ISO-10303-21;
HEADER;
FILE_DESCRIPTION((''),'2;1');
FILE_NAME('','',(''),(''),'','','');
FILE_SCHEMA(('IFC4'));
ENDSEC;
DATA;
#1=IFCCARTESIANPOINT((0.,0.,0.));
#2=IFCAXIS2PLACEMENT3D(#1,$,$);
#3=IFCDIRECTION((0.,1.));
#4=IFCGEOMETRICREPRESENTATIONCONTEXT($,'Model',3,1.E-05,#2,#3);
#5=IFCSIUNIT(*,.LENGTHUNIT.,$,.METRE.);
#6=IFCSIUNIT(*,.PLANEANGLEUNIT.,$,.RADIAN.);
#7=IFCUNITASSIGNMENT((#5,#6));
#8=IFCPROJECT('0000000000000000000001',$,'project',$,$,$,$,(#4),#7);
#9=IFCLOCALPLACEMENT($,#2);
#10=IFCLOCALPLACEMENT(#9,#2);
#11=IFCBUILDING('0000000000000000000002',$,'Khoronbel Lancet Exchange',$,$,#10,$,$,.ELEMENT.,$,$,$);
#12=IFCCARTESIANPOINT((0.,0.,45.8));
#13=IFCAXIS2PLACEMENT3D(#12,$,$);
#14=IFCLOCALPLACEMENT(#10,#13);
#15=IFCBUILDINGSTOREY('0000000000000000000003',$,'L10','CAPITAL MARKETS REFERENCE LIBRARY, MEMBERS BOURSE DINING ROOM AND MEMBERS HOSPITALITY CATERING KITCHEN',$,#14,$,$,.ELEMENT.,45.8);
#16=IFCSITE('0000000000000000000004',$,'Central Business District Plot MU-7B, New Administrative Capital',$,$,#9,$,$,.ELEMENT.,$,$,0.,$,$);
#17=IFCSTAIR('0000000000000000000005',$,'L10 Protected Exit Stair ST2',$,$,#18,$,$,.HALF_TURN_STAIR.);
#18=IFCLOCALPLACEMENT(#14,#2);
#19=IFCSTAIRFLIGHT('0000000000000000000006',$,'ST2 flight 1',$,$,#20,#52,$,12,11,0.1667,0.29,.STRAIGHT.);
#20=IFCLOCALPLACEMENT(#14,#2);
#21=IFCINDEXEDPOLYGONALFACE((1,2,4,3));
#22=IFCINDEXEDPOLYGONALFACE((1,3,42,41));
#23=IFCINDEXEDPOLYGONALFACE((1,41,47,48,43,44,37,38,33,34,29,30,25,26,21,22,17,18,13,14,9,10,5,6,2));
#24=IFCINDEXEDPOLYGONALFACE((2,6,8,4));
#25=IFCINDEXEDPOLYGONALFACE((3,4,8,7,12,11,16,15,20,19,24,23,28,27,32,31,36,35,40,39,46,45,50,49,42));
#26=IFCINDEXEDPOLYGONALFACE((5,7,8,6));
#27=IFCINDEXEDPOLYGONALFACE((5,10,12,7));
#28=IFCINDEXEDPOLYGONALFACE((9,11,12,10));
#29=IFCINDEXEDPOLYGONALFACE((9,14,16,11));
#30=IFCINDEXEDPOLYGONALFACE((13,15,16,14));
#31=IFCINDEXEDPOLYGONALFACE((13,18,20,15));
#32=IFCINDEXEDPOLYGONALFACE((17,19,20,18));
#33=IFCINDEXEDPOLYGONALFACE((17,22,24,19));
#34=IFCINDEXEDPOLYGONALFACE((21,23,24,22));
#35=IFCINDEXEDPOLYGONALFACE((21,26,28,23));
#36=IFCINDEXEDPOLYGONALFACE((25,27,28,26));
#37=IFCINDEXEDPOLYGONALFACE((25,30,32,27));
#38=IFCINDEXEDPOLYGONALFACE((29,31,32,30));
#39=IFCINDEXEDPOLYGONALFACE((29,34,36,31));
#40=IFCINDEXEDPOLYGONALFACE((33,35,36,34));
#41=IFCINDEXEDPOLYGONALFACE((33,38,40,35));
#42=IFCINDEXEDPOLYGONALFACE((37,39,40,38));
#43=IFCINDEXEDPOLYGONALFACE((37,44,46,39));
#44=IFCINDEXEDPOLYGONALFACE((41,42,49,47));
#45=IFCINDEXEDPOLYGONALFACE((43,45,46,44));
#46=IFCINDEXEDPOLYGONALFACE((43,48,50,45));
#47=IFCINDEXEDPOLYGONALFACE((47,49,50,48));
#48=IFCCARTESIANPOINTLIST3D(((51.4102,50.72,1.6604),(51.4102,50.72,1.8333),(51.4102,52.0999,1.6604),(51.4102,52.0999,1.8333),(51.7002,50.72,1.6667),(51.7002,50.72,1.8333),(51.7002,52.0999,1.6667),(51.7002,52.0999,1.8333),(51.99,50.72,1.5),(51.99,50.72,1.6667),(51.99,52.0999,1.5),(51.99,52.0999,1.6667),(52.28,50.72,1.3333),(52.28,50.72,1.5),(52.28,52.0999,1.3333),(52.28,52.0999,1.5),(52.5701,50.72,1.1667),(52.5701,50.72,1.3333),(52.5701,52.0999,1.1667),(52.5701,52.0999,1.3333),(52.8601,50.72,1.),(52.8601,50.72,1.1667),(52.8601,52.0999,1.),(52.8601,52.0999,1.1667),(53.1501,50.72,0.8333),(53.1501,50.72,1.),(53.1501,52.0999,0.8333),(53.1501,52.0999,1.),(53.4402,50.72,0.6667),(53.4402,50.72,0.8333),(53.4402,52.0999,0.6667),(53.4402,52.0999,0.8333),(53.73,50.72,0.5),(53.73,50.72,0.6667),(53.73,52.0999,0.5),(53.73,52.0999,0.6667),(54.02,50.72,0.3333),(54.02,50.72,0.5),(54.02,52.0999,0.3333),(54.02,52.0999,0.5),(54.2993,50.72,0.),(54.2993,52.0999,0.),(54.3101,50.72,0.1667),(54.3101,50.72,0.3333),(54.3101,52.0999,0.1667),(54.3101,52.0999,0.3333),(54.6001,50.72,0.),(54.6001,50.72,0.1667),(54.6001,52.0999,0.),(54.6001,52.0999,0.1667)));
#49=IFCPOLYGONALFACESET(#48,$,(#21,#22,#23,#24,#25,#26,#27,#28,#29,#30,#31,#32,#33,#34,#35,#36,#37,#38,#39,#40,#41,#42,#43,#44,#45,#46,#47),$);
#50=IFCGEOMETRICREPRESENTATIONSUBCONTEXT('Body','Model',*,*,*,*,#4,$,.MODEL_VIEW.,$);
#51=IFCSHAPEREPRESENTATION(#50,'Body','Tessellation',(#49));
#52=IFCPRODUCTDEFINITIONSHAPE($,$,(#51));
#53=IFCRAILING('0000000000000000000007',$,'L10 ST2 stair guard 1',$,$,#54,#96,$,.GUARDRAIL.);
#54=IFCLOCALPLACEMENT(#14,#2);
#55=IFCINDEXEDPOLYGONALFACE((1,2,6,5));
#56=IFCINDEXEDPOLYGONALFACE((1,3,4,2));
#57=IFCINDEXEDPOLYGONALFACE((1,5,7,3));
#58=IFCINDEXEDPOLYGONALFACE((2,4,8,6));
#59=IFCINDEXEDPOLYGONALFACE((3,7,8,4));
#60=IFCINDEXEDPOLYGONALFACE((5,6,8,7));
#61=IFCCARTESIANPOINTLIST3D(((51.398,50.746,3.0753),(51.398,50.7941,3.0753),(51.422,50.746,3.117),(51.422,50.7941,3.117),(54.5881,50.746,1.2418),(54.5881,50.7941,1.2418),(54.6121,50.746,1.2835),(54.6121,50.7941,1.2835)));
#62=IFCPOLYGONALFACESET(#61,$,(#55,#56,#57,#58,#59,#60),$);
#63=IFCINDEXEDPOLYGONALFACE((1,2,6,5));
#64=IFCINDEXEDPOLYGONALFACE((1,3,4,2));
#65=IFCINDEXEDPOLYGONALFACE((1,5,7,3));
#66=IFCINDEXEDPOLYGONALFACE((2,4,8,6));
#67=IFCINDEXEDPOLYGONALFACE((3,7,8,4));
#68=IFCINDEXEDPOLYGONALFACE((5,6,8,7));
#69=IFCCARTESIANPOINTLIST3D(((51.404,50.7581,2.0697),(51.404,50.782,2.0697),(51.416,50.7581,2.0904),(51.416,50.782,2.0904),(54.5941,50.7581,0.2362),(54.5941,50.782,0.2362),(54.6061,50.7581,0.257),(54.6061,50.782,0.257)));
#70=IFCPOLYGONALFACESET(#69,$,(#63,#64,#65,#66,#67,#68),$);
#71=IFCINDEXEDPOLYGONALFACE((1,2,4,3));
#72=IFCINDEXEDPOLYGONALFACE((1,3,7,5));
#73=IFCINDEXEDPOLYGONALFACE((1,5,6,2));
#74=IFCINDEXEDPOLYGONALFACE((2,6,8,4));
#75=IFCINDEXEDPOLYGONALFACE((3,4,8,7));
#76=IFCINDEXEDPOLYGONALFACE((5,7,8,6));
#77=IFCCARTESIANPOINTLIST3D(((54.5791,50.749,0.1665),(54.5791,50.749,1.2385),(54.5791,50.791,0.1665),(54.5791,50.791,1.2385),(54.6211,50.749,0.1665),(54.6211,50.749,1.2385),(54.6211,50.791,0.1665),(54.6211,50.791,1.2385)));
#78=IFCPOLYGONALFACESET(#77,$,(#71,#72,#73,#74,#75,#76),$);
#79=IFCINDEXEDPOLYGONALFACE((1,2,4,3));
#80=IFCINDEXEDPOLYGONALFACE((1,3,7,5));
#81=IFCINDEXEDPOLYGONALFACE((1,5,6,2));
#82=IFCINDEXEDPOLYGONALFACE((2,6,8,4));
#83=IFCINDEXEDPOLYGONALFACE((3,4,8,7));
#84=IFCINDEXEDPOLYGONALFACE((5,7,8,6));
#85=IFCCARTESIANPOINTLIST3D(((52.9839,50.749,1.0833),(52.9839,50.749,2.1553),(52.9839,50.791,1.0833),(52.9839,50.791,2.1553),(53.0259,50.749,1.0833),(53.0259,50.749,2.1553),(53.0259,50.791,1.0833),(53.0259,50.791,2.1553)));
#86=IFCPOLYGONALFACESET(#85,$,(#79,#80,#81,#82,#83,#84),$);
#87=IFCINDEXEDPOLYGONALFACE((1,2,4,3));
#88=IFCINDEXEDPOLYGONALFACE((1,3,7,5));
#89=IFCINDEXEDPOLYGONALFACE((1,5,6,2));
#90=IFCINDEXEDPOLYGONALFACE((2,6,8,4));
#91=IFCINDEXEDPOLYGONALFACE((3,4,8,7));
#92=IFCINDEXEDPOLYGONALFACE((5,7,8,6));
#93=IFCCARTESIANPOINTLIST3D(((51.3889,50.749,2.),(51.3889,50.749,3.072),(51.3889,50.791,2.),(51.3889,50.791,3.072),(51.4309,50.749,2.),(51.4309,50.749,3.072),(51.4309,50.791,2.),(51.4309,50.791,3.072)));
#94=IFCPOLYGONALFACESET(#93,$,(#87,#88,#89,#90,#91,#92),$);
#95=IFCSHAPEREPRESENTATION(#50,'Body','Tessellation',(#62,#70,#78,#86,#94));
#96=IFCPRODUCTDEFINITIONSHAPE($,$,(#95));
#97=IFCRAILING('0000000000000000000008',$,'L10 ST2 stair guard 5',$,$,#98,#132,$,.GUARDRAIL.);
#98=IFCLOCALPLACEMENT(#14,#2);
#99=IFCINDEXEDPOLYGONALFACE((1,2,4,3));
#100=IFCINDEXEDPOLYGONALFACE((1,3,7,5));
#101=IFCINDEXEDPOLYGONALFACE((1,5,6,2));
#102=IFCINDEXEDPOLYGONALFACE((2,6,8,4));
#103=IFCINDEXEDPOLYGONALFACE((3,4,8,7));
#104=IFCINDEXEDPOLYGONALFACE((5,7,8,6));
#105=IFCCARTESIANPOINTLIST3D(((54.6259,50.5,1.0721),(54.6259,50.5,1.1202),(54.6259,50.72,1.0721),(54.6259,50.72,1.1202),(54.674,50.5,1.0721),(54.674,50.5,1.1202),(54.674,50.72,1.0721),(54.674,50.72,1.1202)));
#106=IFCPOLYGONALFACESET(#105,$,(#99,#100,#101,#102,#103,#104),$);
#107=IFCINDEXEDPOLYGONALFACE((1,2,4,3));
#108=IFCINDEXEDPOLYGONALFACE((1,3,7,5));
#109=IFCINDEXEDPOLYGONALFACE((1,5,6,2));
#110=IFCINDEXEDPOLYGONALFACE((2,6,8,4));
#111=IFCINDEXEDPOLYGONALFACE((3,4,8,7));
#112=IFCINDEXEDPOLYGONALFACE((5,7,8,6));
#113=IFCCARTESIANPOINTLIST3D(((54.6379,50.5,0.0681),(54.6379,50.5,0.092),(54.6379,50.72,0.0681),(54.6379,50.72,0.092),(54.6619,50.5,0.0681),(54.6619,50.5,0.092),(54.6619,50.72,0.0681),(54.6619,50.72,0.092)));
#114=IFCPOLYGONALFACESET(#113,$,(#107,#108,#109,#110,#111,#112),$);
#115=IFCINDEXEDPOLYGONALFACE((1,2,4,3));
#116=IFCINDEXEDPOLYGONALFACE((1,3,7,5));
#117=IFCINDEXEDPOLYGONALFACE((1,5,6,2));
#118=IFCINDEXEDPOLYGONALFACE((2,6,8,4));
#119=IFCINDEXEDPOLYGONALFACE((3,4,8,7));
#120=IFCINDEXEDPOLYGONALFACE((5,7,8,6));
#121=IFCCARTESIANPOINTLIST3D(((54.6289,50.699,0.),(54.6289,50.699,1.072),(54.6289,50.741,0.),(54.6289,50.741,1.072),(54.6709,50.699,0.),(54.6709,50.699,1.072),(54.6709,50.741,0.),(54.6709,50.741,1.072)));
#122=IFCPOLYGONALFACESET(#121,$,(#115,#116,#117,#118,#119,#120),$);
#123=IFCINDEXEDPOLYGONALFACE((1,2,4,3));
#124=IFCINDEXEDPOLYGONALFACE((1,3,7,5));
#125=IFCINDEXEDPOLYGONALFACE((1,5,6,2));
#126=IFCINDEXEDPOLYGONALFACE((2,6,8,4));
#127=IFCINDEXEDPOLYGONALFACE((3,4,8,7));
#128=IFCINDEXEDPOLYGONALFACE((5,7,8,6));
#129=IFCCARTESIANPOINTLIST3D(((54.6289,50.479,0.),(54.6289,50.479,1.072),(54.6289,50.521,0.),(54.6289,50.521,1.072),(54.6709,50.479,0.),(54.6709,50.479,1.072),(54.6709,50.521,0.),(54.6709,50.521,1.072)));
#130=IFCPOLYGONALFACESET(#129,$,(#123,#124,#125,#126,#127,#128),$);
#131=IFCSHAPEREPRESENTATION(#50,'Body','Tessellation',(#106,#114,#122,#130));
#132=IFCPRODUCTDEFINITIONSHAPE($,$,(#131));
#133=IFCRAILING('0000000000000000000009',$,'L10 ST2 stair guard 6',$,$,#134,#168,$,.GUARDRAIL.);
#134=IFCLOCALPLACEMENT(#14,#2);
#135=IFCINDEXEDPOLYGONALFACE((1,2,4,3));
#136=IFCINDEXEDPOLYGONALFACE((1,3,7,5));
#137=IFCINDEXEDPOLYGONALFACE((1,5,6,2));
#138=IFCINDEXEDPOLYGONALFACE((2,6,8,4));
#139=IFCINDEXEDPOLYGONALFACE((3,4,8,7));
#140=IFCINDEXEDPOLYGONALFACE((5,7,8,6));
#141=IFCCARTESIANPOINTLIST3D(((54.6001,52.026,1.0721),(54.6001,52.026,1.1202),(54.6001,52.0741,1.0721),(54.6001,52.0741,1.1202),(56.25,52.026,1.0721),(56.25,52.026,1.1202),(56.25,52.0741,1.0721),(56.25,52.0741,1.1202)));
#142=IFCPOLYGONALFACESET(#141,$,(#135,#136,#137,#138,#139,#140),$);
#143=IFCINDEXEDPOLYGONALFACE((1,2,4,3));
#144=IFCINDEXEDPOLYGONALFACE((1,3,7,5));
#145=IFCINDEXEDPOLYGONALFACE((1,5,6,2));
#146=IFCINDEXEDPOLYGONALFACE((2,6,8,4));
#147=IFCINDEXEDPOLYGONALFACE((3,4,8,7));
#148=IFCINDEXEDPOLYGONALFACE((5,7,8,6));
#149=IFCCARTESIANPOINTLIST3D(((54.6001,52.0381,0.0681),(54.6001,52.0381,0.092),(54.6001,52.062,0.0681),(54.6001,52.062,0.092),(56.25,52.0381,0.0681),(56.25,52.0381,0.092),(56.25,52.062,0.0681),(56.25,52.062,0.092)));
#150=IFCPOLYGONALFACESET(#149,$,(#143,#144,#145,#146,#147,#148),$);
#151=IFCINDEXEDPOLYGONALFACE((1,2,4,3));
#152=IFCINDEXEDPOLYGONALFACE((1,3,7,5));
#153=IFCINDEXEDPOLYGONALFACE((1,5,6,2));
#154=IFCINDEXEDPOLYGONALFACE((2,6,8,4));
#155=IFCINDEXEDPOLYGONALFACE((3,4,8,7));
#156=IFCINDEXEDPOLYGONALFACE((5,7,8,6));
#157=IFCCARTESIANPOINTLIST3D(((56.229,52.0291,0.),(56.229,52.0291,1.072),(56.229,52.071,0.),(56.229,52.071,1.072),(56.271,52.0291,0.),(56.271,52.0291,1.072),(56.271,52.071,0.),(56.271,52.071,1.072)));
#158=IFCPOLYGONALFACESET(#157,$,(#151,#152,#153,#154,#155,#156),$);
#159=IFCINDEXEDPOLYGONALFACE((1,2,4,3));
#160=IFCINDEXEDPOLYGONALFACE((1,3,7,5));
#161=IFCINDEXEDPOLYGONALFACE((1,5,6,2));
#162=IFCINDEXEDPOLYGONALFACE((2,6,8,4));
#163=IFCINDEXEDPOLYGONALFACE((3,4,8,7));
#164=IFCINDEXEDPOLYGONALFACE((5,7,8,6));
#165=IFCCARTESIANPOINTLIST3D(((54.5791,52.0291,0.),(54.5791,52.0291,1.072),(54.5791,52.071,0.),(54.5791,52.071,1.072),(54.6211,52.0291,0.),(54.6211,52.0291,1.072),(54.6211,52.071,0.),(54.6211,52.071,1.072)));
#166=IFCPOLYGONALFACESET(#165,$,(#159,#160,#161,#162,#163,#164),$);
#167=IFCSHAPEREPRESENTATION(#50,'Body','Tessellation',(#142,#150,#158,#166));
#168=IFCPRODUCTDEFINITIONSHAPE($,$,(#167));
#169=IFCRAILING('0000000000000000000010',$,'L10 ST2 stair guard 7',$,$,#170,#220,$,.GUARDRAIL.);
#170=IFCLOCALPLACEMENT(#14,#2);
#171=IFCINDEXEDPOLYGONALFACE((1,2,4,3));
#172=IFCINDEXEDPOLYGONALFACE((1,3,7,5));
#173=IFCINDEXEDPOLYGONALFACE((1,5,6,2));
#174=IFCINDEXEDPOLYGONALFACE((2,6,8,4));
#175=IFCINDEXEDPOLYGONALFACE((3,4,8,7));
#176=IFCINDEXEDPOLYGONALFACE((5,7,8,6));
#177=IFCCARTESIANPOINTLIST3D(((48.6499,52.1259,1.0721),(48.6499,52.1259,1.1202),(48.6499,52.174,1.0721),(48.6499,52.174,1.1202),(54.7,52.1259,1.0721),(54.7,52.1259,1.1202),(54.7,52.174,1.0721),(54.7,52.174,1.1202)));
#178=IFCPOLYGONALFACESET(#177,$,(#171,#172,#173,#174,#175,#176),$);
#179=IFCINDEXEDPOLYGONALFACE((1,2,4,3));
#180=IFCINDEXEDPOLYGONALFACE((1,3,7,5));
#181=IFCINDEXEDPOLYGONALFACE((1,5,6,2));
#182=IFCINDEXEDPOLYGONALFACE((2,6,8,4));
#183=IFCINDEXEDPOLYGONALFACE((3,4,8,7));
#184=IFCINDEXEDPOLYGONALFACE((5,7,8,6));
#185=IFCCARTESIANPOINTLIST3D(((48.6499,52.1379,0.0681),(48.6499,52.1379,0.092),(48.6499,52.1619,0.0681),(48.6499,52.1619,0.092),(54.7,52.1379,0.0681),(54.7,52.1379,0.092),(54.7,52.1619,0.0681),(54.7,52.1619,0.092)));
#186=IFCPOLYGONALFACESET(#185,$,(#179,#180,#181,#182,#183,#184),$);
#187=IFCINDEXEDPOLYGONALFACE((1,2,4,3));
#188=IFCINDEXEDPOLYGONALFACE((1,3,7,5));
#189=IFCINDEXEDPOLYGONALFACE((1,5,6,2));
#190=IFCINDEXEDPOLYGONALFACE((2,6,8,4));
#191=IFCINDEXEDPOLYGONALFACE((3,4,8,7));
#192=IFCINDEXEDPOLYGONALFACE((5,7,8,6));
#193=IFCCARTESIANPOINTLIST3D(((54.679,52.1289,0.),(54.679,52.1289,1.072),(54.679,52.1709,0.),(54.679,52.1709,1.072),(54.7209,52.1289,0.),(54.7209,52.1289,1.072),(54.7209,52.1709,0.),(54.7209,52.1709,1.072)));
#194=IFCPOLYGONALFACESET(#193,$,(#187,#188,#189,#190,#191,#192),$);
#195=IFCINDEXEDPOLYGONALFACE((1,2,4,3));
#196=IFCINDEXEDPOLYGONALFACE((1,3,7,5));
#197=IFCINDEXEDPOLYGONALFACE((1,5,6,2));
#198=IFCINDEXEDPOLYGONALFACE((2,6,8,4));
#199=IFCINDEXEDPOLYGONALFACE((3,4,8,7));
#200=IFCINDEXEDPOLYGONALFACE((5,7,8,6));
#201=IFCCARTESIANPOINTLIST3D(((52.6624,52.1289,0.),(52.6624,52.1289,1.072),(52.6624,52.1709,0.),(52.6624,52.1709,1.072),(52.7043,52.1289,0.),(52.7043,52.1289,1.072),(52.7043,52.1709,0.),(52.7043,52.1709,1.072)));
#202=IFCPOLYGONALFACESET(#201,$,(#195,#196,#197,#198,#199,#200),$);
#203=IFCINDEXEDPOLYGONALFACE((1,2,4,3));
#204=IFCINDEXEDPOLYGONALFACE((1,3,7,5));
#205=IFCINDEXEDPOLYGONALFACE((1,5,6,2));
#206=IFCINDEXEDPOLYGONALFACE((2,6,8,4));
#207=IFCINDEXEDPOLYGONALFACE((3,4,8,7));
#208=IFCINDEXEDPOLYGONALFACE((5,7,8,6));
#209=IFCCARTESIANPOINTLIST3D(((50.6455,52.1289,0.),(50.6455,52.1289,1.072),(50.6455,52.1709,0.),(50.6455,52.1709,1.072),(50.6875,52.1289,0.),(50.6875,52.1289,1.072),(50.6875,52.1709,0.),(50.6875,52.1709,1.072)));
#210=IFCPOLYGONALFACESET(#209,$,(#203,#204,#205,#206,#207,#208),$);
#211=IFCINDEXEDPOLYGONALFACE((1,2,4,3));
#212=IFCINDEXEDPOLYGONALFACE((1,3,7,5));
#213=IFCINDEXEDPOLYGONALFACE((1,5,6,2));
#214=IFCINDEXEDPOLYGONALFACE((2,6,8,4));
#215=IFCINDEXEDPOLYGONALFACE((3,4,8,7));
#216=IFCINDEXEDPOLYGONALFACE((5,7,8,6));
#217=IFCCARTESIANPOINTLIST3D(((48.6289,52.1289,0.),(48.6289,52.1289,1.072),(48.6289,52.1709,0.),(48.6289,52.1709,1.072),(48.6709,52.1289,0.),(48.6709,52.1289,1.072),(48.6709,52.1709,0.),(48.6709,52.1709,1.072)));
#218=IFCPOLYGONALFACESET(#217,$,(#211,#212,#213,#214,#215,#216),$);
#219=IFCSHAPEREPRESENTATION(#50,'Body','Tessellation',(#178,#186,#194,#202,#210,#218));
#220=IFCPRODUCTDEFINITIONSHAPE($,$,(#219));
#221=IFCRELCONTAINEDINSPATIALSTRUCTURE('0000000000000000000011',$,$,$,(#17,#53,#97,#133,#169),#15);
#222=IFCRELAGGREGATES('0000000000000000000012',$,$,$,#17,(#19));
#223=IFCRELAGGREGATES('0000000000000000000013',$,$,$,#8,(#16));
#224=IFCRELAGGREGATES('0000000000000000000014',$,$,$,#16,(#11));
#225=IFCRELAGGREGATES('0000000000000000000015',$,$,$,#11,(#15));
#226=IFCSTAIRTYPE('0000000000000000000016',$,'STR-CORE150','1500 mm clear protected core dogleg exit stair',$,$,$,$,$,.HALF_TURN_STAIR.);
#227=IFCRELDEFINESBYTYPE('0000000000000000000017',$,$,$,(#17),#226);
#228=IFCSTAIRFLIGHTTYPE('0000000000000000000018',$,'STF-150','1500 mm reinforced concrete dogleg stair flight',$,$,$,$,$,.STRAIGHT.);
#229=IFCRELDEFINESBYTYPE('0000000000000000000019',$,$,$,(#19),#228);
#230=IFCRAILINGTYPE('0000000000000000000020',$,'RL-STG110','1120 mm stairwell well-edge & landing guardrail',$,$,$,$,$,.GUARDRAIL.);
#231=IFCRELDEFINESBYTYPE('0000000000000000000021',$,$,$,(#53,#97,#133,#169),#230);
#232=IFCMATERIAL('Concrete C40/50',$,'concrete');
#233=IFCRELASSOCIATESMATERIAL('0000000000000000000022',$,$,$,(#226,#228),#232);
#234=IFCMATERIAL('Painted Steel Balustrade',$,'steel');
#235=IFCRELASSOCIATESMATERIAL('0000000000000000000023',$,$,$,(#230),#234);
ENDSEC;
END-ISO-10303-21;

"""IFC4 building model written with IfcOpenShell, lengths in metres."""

from ifc_helpers import new_model, si_unit, direction, frame, origin, origin_2d, place, context, subcontext, project, spatial, polyline, rectangle, outline, extrude, material, type_object, element, aggregate, save


model = new_model("IFC4")

# Units and contexts
model_context = context("Model", 3, precision=1e-05, world=origin(), true_north=direction((0.0, 1.0)))
body_context = subcontext(model_context, "Body", "Model", "MODEL_VIEW")
ifc_project = project(units=[si_unit("LENGTHUNIT", "METRE"), si_unit("PLANEANGLEUNIT", "RADIAN")], contexts=[model_context])

# Site, building, storey
site_placement = place(None, origin())
site = spatial("IfcSite", under=ifc_project, at=site_placement, Name="Central Business District Plot MU-7B, New Administrative Capital", CompositionType="ELEMENT", RefElevation=0.0)
building_placement = place(site_placement, origin())
building = spatial("IfcBuilding", under=site, at=building_placement, Name="Khoronbel Lancet Exchange", CompositionType="ELEMENT")
storey_placement = place(building_placement, frame((0.0, 0.0, 45.8)))
storey = spatial("IfcBuildingStorey", under=building, at=storey_placement, Name="L10", Description="CAPITAL MARKETS REFERENCE LIBRARY, MEMBERS BOURSE DINING ROOM AND MEMBERS HOSPITALITY CATERING KITCHEN", CompositionType="ELEMENT", Elevation=45.8)

# Stair, stair flight
ifc_material_1 = material(Name="Concrete C40/50", Category="concrete")
stair_type = type_object("IfcStairType", Name="STR-CORE150", Description="1500 mm clear protected core dogleg exit stair", PredefinedType="HALF_TURN_STAIR", material=ifc_material_1)
stair_placement = place(storey_placement, origin())
stair = element("IfcStair", 1, at=stair_placement, inside=storey, type_object=stair_type, Name="L10 Protected Exit Stair ST2", PredefinedType="HALF_TURN_STAIR")
stair_flight_type = type_object("IfcStairFlightType", Name="STF-150", Description="1500 mm reinforced concrete dogleg stair flight", PredefinedType="STRAIGHT", material=ifc_material_1)
stair_flight_placement = place(storey_placement, frame((54.6001, 51.4099, 0.0), z_axis=(0.0, 0.0, 1.0), x_axis=(-1.0, 0.0, 0.0)))
stair_flight = element("IfcStairFlight", 2, at=stair_flight_placement, type_object=stair_flight_type, Name="ST2 flight 1", NumberOfRisers=12, NumberOfTreads=11, PredefinedType="STRAIGHT", RiserHeight=0.1667, TreadLength=0.29, context=body_context, shape_type="SweptSolid", body=[
    extrude(outline(polyline([(0.0, 0.0), (0.0, 0.1667), (0.29, 0.1667), (0.29, 0.3333), (0.5801, 0.3333), (0.5801, 0.5), (0.8701, 0.5), (0.8701, 0.6667), (1.1599, 0.6667), (1.1599, 0.8333), (1.45, 0.8333), (1.45, 1.0), (1.74, 1.0), (1.74, 1.1667), (2.03, 1.1667), (2.03, 1.3333), (2.3201, 1.3333), (2.3201, 1.5), (2.6101, 1.5), (2.6101, 1.6667), (2.8999, 1.6667), (2.8999, 1.8333), (3.1899, 1.8333), (3.1899, 2.0), (3.1899, 1.6604), (0.3008, 0.0), (0.0, 0.0)])), frame((0.0, 0.6899, 0.0), z_axis=(0.0, -1.0, 0.0), x_axis=(1.0, 0.0, 0.0)), (0.0, 0.0, 1.0), 1.3799),
])
aggregate(stair, [stair_flight])

# Railings
ifc_material_2 = material(Name="Painted Steel Balustrade", Category="steel")
railing_type_1 = type_object("IfcRailingType", Name="RL-STG110", Description="1120 mm stairwell well-edge & landing guardrail", PredefinedType="GUARDRAIL", material=ifc_material_2)
railing_1_placement = place(storey_placement, frame((54.6001, 50.77, 0.1665)))
element("IfcRailing", 3, at=railing_1_placement, inside=storey, type_object=railing_type_1, Name="L10 ST2 stair guard 1", PredefinedType="GUARDRAIL", context=body_context, shape_type="SweptSolid", body=[
    extrude(rectangle(XDim=0.0481, YDim=0.0481, at=origin_2d()), frame((0.0, 0.0, 1.0962), z_axis=(-0.867007, 0.0, 0.498295), x_axis=(0.0, -1.0, 0.0)), (0.0, 0.0, 1.0), 3.6794),
    extrude(rectangle(XDim=0.0239, YDim=0.0239, at=origin_2d()), frame((0.0, 0.0, 0.0801), z_axis=(-0.867007, 0.0, 0.498295), x_axis=(0.0, -1.0, 0.0)), (0.0, 0.0, 1.0), 3.6794),
    extrude(rectangle(XDim=0.042, YDim=0.042, at=origin_2d()), origin(), (0.0, 0.0, 1.0), 1.072),
    extrude(rectangle(XDim=0.042, YDim=0.042, at=origin_2d()), frame((-1.5952, 0.0, 0.9167)), (0.0, 0.0, 1.0), 1.072),
    extrude(rectangle(XDim=0.042, YDim=0.042, at=origin_2d()), frame((-3.1902, 0.0, 1.8335)), (0.0, 0.0, 1.0), 1.072),
])
railing_2_placement = place(storey_placement, frame((54.6499, 50.72, 0.0)))
element("IfcRailing", 4, at=railing_2_placement, inside=storey, type_object=railing_type_1, Name="L10 ST2 stair guard 5", PredefinedType="GUARDRAIL", context=body_context, shape_type="SweptSolid", body=[
    extrude(rectangle(XDim=0.0481, YDim=0.0481, at=origin_2d()), frame((0.0, 0.0, 1.0962), z_axis=(0.0, -1.0, 0.0), x_axis=(1.0, 0.0, 0.0)), (0.0, 0.0, 1.0), 0.22),
    extrude(rectangle(XDim=0.0239, YDim=0.0239, at=origin_2d()), frame((0.0, 0.0, 0.0801), z_axis=(0.0, -1.0, 0.0), x_axis=(1.0, 0.0, 0.0)), (0.0, 0.0, 1.0), 0.22),
    extrude(rectangle(XDim=0.042, YDim=0.042, at=origin_2d()), origin(), (0.0, 0.0, 1.0), 1.072),
    extrude(rectangle(XDim=0.042, YDim=0.042, at=origin_2d()), frame((0.0, -0.22, 0.0)), (0.0, 0.0, 1.0), 1.072),
])
railing_3_placement = place(storey_placement, frame((56.25, 52.05, 0.0)))
element("IfcRailing", 5, at=railing_3_placement, inside=storey, type_object=railing_type_1, Name="L10 ST2 stair guard 6", PredefinedType="GUARDRAIL", context=body_context, shape_type="SweptSolid", body=[
    extrude(rectangle(XDim=0.0481, YDim=0.0481, at=origin_2d()), frame((0.0, 0.0, 1.0962), z_axis=(-1.0, 0.0, 0.0), x_axis=(0.0, -1.0, 0.0)), (0.0, 0.0, 1.0), 1.6499),
    extrude(rectangle(XDim=0.0239, YDim=0.0239, at=origin_2d()), frame((0.0, 0.0, 0.0801), z_axis=(-1.0, 0.0, 0.0), x_axis=(0.0, -1.0, 0.0)), (0.0, 0.0, 1.0), 1.6499),
    extrude(rectangle(XDim=0.042, YDim=0.042, at=origin_2d()), origin(), (0.0, 0.0, 1.0), 1.072),
    extrude(rectangle(XDim=0.042, YDim=0.042, at=origin_2d()), frame((-1.6499, 0.0, 0.0)), (0.0, 0.0, 1.0), 1.072),
])
railing_4_placement = place(storey_placement, frame((54.7, 52.1499, 0.0)))
element("IfcRailing", 6, at=railing_4_placement, inside=storey, type_object=railing_type_1, Name="L10 ST2 stair guard 7", PredefinedType="GUARDRAIL", context=body_context, shape_type="SweptSolid", body=[
    extrude(rectangle(XDim=0.0481, YDim=0.0481, at=origin_2d()), frame((0.0, 0.0, 1.0962), z_axis=(-1.0, 0.0, 0.0), x_axis=(0.0, -1.0, 0.0)), (0.0, 0.0, 1.0), 6.05),
    extrude(rectangle(XDim=0.0239, YDim=0.0239, at=origin_2d()), frame((0.0, 0.0, 0.0801), z_axis=(-1.0, 0.0, 0.0), x_axis=(0.0, -1.0, 0.0)), (0.0, 0.0, 1.0), 6.05),
    extrude(rectangle(XDim=0.042, YDim=0.042, at=origin_2d()), origin(), (0.0, 0.0, 1.0), 1.072),
    extrude(rectangle(XDim=0.042, YDim=0.042, at=origin_2d()), frame((-2.0166, 0.0, 0.0)), (0.0, 0.0, 1.0), 1.072),
    extrude(rectangle(XDim=0.042, YDim=0.042, at=origin_2d()), frame((-4.0334, 0.0, 0.0)), (0.0, 0.0, 1.0), 1.072),
    extrude(rectangle(XDim=0.042, YDim=0.042, at=origin_2d()), frame((-6.05, 0.0, 0.0)), (0.0, 0.0, 1.0), 1.072),
])

save(model, "model.ifc")
